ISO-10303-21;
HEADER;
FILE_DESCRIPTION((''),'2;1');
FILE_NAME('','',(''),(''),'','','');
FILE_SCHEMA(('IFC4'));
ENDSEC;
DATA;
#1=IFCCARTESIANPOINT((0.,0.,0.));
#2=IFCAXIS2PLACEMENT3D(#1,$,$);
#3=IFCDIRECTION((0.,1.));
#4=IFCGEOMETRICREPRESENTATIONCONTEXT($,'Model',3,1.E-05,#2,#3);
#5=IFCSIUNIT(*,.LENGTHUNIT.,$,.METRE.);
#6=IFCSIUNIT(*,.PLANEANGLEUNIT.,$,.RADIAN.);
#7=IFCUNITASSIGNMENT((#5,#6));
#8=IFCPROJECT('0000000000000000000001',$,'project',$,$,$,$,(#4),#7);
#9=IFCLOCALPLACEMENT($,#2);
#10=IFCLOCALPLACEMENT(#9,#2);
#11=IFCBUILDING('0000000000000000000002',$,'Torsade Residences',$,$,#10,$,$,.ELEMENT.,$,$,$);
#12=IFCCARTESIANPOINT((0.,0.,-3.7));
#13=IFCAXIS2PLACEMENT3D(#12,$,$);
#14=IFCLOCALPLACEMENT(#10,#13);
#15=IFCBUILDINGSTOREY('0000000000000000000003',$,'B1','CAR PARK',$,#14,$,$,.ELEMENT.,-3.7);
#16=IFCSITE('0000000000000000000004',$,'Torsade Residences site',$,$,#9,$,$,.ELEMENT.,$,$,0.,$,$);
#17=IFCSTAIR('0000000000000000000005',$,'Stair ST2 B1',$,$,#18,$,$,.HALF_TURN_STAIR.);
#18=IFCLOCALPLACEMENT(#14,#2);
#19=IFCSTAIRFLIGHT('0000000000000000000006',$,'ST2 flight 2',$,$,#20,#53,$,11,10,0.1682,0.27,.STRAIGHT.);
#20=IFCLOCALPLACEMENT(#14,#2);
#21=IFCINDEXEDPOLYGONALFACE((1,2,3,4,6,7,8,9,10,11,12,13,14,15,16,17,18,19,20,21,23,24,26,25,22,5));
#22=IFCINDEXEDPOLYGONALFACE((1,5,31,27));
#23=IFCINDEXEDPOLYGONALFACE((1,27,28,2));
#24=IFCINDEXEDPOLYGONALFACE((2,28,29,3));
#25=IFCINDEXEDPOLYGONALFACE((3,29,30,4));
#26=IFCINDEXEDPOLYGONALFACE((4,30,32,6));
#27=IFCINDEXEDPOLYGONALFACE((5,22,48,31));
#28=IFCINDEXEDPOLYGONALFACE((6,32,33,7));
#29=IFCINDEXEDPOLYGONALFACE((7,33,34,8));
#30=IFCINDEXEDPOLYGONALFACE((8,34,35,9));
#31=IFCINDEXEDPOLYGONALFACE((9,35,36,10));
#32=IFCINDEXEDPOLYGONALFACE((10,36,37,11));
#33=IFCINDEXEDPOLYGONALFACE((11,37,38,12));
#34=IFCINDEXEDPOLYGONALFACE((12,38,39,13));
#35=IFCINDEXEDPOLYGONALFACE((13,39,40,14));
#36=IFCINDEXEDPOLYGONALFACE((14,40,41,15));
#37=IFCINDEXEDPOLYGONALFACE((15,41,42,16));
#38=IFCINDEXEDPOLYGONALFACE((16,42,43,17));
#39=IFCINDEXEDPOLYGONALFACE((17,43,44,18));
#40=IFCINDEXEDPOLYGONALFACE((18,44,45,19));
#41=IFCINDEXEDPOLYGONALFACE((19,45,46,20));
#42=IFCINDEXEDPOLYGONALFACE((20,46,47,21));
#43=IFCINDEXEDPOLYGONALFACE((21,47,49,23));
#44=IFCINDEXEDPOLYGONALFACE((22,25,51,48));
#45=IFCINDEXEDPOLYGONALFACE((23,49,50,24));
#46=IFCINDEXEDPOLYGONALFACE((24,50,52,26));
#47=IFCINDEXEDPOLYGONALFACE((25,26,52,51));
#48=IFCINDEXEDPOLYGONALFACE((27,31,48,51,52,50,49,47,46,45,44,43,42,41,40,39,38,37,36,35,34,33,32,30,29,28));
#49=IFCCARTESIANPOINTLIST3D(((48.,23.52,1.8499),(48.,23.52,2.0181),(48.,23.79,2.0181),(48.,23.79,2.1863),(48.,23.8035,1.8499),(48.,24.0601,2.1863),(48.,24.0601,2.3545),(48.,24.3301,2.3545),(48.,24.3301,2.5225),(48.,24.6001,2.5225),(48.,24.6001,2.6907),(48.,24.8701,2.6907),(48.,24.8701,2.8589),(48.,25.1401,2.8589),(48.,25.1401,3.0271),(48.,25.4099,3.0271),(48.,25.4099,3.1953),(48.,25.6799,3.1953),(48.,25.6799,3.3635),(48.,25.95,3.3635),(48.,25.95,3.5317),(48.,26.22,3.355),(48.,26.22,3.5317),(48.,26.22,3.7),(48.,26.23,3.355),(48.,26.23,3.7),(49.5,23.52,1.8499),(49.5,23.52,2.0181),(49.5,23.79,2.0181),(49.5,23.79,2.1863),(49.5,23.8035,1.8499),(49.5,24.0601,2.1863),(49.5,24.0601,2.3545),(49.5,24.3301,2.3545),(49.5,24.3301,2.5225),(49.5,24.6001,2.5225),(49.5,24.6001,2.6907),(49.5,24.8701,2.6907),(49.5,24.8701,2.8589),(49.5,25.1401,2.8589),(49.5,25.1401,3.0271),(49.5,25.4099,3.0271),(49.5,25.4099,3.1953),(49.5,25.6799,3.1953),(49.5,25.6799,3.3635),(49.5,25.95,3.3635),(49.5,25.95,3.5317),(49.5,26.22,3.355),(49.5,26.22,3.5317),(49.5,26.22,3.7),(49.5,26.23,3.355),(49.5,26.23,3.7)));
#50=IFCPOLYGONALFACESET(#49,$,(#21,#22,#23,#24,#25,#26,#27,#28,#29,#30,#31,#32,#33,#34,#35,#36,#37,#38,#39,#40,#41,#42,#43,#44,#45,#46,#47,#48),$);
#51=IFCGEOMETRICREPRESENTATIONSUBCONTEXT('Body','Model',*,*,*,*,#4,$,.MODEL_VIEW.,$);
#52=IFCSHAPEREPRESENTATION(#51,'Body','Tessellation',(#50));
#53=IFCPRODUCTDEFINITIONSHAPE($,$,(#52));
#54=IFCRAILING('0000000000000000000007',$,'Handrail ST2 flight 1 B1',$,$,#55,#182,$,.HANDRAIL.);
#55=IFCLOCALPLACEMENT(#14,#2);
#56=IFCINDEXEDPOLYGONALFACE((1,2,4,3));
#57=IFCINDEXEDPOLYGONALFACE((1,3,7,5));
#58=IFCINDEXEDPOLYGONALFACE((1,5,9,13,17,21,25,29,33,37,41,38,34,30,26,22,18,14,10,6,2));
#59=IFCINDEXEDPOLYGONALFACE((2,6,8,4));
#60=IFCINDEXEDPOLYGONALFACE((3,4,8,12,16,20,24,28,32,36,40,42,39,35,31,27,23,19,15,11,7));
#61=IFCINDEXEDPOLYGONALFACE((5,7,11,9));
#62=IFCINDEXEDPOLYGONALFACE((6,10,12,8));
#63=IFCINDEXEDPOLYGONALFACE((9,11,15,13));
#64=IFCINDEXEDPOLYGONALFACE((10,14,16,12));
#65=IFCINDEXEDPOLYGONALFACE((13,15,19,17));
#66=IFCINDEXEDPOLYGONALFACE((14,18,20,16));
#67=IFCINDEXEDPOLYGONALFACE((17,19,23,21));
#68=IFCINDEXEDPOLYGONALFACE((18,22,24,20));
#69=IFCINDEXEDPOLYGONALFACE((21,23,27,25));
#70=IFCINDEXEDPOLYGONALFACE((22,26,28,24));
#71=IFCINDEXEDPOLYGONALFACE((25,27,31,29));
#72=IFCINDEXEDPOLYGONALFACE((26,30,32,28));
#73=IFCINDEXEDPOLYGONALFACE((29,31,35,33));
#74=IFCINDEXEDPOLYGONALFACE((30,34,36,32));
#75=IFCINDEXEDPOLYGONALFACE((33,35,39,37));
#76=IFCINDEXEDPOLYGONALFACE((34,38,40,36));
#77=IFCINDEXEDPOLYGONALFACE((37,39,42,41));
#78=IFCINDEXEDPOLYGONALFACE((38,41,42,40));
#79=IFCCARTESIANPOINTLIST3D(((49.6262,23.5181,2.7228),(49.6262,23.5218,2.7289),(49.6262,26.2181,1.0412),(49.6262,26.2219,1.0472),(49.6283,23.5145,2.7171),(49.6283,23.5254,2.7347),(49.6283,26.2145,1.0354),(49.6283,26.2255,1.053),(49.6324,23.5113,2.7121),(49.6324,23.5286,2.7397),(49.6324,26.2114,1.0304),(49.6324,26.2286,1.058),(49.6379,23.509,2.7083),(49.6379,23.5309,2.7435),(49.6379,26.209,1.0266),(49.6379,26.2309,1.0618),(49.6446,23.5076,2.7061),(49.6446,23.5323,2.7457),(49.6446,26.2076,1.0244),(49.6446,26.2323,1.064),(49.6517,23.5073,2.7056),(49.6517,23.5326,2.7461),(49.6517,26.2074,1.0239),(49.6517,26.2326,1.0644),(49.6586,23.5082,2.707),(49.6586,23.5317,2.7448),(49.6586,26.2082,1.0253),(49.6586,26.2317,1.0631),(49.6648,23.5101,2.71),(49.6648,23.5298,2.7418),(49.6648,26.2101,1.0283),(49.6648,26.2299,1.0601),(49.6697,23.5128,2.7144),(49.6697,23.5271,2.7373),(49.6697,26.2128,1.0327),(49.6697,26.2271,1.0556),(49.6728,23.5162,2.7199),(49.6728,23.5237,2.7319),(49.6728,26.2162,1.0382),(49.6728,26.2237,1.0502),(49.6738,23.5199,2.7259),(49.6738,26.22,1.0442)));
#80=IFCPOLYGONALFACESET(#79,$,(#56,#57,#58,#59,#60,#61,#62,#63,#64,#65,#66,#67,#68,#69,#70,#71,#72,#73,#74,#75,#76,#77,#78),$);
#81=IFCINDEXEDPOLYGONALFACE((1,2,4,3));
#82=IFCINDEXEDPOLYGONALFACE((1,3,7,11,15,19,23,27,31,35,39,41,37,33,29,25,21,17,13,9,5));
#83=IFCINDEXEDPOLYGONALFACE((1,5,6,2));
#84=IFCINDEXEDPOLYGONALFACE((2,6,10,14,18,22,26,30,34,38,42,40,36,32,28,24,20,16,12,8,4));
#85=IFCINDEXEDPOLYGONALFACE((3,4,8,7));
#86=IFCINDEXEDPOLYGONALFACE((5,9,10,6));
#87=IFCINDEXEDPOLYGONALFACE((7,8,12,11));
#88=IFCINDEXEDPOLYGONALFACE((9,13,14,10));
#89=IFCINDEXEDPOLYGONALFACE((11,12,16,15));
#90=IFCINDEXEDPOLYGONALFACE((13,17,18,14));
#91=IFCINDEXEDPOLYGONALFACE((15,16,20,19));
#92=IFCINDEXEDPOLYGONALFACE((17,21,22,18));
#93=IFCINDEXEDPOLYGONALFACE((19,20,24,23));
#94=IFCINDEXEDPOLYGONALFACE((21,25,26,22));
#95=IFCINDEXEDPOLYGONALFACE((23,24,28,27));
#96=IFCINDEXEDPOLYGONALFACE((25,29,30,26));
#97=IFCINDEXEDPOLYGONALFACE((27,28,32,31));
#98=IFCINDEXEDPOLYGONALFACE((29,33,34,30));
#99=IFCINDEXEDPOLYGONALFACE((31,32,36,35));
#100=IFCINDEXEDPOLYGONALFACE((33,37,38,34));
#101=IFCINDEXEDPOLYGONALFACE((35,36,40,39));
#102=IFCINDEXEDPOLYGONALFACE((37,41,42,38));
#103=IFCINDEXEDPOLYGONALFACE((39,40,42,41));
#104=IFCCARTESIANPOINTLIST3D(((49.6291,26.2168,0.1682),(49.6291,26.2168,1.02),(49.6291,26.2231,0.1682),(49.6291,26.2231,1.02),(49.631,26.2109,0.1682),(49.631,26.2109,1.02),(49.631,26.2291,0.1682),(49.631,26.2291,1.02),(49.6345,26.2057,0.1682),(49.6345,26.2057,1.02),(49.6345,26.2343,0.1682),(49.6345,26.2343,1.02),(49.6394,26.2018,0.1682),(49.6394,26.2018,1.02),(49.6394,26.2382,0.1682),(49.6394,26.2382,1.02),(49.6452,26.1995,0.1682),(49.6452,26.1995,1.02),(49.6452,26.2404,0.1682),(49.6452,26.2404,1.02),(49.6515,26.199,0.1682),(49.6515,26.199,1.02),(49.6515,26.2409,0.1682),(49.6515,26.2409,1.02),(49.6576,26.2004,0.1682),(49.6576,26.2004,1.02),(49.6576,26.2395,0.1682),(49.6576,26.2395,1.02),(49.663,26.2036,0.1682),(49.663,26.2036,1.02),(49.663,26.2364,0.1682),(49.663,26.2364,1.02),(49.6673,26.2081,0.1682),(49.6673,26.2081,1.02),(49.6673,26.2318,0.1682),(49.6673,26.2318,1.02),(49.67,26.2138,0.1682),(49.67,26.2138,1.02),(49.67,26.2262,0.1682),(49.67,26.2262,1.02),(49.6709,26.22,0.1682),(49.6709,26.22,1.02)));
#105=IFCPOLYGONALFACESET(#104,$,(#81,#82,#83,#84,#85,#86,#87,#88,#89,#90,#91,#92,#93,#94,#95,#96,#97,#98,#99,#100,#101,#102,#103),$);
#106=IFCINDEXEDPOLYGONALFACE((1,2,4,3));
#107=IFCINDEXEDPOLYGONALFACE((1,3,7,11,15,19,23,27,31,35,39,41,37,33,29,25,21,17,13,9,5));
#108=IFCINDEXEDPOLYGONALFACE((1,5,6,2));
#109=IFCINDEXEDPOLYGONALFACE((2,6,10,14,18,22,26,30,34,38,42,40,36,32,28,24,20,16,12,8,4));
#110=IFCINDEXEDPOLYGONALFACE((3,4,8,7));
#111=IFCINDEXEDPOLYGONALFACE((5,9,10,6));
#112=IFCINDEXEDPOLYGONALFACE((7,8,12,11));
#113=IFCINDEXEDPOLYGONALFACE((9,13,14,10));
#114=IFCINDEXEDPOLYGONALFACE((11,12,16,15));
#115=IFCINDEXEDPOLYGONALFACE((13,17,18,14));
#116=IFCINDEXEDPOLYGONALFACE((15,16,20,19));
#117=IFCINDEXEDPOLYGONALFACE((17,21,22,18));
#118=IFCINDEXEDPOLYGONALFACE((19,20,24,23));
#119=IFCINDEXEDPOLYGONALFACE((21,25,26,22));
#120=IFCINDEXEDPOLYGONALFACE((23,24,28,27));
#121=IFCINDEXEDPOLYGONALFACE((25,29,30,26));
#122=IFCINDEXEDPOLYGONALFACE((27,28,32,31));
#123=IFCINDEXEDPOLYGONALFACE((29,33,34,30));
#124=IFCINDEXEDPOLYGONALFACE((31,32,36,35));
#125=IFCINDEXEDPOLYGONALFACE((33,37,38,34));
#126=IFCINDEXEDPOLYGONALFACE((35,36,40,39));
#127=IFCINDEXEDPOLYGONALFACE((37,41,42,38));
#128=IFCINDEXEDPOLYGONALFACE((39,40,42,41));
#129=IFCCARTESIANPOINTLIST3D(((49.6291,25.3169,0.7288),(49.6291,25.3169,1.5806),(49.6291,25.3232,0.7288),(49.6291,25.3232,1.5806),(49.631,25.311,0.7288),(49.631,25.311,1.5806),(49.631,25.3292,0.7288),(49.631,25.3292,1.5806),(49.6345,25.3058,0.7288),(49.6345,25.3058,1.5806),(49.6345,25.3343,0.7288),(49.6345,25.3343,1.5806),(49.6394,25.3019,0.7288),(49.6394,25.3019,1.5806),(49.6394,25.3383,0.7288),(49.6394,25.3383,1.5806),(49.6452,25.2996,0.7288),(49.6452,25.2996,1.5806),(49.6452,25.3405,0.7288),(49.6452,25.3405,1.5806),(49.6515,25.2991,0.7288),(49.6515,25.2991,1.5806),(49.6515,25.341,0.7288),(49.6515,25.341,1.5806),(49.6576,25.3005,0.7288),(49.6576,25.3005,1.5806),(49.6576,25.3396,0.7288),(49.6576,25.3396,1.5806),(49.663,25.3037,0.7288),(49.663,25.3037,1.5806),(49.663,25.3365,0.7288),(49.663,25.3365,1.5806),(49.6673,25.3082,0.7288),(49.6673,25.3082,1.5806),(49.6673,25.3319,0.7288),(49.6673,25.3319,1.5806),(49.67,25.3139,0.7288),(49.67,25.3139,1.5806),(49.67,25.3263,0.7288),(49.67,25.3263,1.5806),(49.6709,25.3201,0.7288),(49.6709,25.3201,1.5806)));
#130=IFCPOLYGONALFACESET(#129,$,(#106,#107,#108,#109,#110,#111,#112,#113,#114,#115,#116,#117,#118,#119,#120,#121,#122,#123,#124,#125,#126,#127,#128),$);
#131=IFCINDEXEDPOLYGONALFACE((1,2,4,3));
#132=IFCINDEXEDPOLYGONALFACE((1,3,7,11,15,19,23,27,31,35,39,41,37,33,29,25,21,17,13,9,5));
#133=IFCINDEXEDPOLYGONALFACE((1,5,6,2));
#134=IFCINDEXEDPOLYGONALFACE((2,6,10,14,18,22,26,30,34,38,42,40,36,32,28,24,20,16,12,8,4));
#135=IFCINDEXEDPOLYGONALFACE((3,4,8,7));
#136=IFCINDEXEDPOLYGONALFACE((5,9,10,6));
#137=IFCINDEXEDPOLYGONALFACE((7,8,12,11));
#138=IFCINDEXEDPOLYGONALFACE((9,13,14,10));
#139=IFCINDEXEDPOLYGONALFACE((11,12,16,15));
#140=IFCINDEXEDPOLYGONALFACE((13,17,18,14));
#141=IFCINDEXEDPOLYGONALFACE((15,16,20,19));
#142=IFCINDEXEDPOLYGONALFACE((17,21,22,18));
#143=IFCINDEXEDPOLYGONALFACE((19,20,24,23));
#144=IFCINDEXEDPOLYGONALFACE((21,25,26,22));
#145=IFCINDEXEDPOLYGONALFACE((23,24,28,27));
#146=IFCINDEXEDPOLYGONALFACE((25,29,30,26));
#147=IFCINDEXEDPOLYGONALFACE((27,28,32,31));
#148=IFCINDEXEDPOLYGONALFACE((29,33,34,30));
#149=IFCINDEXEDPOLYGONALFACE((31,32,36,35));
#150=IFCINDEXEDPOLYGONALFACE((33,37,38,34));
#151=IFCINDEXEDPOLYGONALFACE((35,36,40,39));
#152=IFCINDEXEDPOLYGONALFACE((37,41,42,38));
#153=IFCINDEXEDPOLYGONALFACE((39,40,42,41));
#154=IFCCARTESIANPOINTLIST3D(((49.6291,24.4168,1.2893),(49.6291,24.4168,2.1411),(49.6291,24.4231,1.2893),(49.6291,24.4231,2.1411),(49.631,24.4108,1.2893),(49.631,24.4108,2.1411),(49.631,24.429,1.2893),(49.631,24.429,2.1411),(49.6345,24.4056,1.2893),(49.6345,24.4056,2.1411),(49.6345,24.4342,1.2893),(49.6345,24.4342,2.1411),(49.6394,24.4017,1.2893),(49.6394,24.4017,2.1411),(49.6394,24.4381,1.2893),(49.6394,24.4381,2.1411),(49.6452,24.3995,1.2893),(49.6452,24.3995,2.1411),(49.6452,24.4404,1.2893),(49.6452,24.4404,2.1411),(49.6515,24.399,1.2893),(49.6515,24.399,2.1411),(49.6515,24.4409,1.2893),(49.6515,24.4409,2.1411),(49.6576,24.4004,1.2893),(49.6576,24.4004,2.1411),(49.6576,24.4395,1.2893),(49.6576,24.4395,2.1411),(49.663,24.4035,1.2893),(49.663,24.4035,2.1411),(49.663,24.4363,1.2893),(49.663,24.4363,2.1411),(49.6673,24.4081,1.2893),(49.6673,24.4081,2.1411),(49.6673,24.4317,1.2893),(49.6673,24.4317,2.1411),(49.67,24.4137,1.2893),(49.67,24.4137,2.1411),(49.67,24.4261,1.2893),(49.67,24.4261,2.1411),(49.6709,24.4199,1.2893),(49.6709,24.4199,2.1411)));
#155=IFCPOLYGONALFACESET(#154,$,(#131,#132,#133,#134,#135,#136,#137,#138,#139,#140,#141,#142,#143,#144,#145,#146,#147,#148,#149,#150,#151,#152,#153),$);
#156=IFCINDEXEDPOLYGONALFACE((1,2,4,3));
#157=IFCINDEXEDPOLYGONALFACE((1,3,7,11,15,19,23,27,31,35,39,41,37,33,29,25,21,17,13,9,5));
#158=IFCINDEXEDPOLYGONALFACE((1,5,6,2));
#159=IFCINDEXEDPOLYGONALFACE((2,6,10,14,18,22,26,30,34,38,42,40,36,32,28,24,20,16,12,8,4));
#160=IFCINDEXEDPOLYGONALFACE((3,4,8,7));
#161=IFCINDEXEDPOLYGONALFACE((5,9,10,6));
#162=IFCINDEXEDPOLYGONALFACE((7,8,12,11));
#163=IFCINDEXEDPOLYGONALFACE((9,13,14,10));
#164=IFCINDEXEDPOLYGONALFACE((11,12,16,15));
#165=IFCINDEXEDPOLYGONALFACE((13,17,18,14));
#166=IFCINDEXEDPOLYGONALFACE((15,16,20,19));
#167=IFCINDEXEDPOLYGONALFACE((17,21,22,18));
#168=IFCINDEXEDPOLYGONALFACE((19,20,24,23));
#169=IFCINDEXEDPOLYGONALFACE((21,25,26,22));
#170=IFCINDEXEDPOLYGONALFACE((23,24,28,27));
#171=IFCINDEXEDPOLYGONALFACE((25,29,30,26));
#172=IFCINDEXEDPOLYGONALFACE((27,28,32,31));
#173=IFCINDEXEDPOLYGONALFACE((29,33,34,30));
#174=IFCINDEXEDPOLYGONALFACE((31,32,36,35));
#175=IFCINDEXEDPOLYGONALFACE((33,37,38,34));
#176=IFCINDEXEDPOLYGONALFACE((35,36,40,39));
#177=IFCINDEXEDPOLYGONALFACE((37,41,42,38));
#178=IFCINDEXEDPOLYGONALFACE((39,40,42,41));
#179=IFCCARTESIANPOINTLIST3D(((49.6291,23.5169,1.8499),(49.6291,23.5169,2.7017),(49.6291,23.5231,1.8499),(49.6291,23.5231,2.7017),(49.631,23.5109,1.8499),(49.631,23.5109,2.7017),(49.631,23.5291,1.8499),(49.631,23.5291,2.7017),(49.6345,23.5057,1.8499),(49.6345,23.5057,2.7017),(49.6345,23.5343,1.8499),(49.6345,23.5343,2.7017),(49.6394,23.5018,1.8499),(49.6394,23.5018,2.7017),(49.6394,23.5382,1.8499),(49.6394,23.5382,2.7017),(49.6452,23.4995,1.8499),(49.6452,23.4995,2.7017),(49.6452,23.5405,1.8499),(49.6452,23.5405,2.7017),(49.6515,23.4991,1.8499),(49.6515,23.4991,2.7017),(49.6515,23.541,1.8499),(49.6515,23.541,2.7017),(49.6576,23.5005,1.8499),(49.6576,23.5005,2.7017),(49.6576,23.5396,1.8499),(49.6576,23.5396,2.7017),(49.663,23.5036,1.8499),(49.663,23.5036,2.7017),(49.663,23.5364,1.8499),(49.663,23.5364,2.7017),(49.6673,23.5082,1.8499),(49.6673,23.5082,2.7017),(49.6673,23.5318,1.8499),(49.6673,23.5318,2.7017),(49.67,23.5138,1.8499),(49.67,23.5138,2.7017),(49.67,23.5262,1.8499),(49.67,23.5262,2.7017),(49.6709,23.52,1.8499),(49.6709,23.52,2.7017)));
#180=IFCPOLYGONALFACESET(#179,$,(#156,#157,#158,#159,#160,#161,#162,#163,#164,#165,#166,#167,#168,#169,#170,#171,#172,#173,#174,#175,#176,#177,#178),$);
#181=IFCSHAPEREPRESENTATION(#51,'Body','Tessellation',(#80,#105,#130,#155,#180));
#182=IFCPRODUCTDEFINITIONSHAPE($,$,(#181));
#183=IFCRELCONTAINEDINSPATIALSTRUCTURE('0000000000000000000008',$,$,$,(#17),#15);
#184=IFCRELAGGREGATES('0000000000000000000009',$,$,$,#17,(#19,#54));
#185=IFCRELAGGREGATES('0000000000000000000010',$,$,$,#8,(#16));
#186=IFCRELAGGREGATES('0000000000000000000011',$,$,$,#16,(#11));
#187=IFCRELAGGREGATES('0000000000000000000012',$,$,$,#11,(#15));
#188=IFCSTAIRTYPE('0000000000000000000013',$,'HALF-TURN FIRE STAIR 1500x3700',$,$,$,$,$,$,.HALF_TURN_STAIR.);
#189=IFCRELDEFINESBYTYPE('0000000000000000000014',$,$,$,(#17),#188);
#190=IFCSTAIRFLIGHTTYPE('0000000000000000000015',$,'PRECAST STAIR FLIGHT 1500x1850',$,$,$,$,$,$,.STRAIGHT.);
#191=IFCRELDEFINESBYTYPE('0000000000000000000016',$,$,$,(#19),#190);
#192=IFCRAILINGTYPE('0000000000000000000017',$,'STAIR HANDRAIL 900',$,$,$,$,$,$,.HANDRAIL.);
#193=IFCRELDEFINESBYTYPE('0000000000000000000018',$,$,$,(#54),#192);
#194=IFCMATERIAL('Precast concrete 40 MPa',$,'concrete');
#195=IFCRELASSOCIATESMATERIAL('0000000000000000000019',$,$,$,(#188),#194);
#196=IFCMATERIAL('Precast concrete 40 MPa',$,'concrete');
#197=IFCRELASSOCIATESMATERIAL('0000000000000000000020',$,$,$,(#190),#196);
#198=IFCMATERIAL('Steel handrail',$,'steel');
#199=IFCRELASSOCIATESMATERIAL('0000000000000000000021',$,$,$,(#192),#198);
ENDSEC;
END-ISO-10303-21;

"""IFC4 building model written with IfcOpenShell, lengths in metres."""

from ifc_helpers import new_model, si_unit, direction, frame, origin, origin_2d, place, context, subcontext, project, spatial, polyline, circle, outline, extrude, material, type_object, element, aggregate, save


model = new_model("IFC4")

# Units and contexts
model_context = context("Model", 3, precision=1e-05, world=origin(), true_north=direction((0.0, 1.0)))
body_context = subcontext(model_context, "Body", "Model", "MODEL_VIEW")
ifc_project = project(units=[si_unit("LENGTHUNIT", "METRE"), si_unit("PLANEANGLEUNIT", "RADIAN")], contexts=[model_context])

# Site, building, storey
site_placement = place(None, origin())
site = spatial("IfcSite", under=ifc_project, at=site_placement, Name="Torsade Residences site", CompositionType="ELEMENT", RefElevation=0.0)
building_placement = place(site_placement, origin())
building = spatial("IfcBuilding", under=site, at=building_placement, Name="Torsade Residences", CompositionType="ELEMENT")
storey_placement = place(building_placement, frame((0.0, 0.0, -3.7)))
storey = spatial("IfcBuildingStorey", under=building, at=storey_placement, Name="B1", Description="CAR PARK", CompositionType="ELEMENT", Elevation=-3.7)

# Stair, stair flight, railing
ifc_material_1 = material(Name="Precast concrete 40 MPa", Category="concrete")
stair_type = type_object("IfcStairType", Name="HALF-TURN FIRE STAIR 1500x3700", PredefinedType="HALF_TURN_STAIR", material=ifc_material_1)
stair_placement = place(storey_placement, origin())
stair = element("IfcStair", 1, at=stair_placement, inside=storey, type_object=stair_type, Name="Stair ST2 B1", PredefinedType="HALF_TURN_STAIR")
ifc_material_2 = material(Name="Precast concrete 40 MPa", Category="concrete")
stair_flight_type = type_object("IfcStairFlightType", Name="PRECAST STAIR FLIGHT 1500x1850", PredefinedType="STRAIGHT", material=ifc_material_2)
stair_flight_1_placement = place(storey_placement, frame((48.75, 23.52, 1.8499), z_axis=(0.0, 0.0, 1.0), x_axis=(0.0, 1.0, 0.0)))
stair_flight_1 = element("IfcStairFlight", 2, at=stair_flight_1_placement, type_object=stair_flight_type, Name="ST2 flight 2", NumberOfRisers=11, NumberOfTreads=10, PredefinedType="STRAIGHT", RiserHeight=0.1682, TreadLength=0.27, context=body_context, shape_type="SweptSolid", body=[
    extrude(outline(polyline([(0.0, 0.0), (0.0, 0.1682), (0.27, 0.1682), (0.27, 0.3364), (0.54, 0.3364), (0.54, 0.5046), (0.8101, 0.5046), (0.8101, 0.6726), (1.0801, 0.6726), (1.0801, 0.8408), (1.3501, 0.8408), (1.3501, 1.009), (1.6201, 1.009), (1.6201, 1.1772), (1.8899, 1.1772), (1.8899, 1.3455), (2.1599, 1.3455), (2.1599, 1.5137), (2.4299, 1.5137), (2.4299, 1.6819), (2.7, 1.6819), (2.7, 1.8501), (2.71, 1.8501), (2.71, 1.5051), (2.7, 1.5051), (0.2834, 0.0), (0.0, 0.0)])), frame((0.0, 0.75, 0.0), z_axis=(0.0, -1.0, 0.0), x_axis=(1.0, 0.0, 0.0)), (0.0, 0.0, 1.0), 1.5),
])
ifc_material_3 = material(Name="Steel handrail", Category="steel")
railing_type = type_object("IfcRailingType", Name="STAIR HANDRAIL 900", PredefinedType="HANDRAIL", material=ifc_material_3)
railing_1_placement = place(storey_placement, frame((49.6499, 26.22, 0.1682)))
railing_1 = element("IfcRailing", 3, at=railing_1_placement, type_object=railing_type, Name="Handrail ST2 flight 1 B1", PredefinedType="HANDRAIL", context=body_context, shape_type="SweptSolid", body=[
    extrude(circle(Radius=0.0239, at=origin_2d()), frame((0.0, 0.0, 0.876), z_axis=(0.0, -0.848821, 0.528681), x_axis=(1.0, 0.0, 0.0)), (0.0, 0.0, 1.0), 3.1809),
    extrude(circle(Radius=0.021, at=origin_2d()), origin(), (0.0, 0.0, 1.0), 0.8518),
    extrude(circle(Radius=0.021, at=origin_2d()), frame((0.0, -0.8999, 0.5605)), (0.0, 0.0, 1.0), 0.8518),
    extrude(circle(Radius=0.021, at=origin_2d()), frame((0.0, -1.8, 1.1211)), (0.0, 0.0, 1.0), 0.8518),
    extrude(circle(Radius=0.021, at=origin_2d()), frame((0.0, -2.7, 1.6816)), (0.0, 0.0, 1.0), 0.8518),
])
aggregate(stair, [stair_flight_1, railing_1])

save(model, "model.ifc")
